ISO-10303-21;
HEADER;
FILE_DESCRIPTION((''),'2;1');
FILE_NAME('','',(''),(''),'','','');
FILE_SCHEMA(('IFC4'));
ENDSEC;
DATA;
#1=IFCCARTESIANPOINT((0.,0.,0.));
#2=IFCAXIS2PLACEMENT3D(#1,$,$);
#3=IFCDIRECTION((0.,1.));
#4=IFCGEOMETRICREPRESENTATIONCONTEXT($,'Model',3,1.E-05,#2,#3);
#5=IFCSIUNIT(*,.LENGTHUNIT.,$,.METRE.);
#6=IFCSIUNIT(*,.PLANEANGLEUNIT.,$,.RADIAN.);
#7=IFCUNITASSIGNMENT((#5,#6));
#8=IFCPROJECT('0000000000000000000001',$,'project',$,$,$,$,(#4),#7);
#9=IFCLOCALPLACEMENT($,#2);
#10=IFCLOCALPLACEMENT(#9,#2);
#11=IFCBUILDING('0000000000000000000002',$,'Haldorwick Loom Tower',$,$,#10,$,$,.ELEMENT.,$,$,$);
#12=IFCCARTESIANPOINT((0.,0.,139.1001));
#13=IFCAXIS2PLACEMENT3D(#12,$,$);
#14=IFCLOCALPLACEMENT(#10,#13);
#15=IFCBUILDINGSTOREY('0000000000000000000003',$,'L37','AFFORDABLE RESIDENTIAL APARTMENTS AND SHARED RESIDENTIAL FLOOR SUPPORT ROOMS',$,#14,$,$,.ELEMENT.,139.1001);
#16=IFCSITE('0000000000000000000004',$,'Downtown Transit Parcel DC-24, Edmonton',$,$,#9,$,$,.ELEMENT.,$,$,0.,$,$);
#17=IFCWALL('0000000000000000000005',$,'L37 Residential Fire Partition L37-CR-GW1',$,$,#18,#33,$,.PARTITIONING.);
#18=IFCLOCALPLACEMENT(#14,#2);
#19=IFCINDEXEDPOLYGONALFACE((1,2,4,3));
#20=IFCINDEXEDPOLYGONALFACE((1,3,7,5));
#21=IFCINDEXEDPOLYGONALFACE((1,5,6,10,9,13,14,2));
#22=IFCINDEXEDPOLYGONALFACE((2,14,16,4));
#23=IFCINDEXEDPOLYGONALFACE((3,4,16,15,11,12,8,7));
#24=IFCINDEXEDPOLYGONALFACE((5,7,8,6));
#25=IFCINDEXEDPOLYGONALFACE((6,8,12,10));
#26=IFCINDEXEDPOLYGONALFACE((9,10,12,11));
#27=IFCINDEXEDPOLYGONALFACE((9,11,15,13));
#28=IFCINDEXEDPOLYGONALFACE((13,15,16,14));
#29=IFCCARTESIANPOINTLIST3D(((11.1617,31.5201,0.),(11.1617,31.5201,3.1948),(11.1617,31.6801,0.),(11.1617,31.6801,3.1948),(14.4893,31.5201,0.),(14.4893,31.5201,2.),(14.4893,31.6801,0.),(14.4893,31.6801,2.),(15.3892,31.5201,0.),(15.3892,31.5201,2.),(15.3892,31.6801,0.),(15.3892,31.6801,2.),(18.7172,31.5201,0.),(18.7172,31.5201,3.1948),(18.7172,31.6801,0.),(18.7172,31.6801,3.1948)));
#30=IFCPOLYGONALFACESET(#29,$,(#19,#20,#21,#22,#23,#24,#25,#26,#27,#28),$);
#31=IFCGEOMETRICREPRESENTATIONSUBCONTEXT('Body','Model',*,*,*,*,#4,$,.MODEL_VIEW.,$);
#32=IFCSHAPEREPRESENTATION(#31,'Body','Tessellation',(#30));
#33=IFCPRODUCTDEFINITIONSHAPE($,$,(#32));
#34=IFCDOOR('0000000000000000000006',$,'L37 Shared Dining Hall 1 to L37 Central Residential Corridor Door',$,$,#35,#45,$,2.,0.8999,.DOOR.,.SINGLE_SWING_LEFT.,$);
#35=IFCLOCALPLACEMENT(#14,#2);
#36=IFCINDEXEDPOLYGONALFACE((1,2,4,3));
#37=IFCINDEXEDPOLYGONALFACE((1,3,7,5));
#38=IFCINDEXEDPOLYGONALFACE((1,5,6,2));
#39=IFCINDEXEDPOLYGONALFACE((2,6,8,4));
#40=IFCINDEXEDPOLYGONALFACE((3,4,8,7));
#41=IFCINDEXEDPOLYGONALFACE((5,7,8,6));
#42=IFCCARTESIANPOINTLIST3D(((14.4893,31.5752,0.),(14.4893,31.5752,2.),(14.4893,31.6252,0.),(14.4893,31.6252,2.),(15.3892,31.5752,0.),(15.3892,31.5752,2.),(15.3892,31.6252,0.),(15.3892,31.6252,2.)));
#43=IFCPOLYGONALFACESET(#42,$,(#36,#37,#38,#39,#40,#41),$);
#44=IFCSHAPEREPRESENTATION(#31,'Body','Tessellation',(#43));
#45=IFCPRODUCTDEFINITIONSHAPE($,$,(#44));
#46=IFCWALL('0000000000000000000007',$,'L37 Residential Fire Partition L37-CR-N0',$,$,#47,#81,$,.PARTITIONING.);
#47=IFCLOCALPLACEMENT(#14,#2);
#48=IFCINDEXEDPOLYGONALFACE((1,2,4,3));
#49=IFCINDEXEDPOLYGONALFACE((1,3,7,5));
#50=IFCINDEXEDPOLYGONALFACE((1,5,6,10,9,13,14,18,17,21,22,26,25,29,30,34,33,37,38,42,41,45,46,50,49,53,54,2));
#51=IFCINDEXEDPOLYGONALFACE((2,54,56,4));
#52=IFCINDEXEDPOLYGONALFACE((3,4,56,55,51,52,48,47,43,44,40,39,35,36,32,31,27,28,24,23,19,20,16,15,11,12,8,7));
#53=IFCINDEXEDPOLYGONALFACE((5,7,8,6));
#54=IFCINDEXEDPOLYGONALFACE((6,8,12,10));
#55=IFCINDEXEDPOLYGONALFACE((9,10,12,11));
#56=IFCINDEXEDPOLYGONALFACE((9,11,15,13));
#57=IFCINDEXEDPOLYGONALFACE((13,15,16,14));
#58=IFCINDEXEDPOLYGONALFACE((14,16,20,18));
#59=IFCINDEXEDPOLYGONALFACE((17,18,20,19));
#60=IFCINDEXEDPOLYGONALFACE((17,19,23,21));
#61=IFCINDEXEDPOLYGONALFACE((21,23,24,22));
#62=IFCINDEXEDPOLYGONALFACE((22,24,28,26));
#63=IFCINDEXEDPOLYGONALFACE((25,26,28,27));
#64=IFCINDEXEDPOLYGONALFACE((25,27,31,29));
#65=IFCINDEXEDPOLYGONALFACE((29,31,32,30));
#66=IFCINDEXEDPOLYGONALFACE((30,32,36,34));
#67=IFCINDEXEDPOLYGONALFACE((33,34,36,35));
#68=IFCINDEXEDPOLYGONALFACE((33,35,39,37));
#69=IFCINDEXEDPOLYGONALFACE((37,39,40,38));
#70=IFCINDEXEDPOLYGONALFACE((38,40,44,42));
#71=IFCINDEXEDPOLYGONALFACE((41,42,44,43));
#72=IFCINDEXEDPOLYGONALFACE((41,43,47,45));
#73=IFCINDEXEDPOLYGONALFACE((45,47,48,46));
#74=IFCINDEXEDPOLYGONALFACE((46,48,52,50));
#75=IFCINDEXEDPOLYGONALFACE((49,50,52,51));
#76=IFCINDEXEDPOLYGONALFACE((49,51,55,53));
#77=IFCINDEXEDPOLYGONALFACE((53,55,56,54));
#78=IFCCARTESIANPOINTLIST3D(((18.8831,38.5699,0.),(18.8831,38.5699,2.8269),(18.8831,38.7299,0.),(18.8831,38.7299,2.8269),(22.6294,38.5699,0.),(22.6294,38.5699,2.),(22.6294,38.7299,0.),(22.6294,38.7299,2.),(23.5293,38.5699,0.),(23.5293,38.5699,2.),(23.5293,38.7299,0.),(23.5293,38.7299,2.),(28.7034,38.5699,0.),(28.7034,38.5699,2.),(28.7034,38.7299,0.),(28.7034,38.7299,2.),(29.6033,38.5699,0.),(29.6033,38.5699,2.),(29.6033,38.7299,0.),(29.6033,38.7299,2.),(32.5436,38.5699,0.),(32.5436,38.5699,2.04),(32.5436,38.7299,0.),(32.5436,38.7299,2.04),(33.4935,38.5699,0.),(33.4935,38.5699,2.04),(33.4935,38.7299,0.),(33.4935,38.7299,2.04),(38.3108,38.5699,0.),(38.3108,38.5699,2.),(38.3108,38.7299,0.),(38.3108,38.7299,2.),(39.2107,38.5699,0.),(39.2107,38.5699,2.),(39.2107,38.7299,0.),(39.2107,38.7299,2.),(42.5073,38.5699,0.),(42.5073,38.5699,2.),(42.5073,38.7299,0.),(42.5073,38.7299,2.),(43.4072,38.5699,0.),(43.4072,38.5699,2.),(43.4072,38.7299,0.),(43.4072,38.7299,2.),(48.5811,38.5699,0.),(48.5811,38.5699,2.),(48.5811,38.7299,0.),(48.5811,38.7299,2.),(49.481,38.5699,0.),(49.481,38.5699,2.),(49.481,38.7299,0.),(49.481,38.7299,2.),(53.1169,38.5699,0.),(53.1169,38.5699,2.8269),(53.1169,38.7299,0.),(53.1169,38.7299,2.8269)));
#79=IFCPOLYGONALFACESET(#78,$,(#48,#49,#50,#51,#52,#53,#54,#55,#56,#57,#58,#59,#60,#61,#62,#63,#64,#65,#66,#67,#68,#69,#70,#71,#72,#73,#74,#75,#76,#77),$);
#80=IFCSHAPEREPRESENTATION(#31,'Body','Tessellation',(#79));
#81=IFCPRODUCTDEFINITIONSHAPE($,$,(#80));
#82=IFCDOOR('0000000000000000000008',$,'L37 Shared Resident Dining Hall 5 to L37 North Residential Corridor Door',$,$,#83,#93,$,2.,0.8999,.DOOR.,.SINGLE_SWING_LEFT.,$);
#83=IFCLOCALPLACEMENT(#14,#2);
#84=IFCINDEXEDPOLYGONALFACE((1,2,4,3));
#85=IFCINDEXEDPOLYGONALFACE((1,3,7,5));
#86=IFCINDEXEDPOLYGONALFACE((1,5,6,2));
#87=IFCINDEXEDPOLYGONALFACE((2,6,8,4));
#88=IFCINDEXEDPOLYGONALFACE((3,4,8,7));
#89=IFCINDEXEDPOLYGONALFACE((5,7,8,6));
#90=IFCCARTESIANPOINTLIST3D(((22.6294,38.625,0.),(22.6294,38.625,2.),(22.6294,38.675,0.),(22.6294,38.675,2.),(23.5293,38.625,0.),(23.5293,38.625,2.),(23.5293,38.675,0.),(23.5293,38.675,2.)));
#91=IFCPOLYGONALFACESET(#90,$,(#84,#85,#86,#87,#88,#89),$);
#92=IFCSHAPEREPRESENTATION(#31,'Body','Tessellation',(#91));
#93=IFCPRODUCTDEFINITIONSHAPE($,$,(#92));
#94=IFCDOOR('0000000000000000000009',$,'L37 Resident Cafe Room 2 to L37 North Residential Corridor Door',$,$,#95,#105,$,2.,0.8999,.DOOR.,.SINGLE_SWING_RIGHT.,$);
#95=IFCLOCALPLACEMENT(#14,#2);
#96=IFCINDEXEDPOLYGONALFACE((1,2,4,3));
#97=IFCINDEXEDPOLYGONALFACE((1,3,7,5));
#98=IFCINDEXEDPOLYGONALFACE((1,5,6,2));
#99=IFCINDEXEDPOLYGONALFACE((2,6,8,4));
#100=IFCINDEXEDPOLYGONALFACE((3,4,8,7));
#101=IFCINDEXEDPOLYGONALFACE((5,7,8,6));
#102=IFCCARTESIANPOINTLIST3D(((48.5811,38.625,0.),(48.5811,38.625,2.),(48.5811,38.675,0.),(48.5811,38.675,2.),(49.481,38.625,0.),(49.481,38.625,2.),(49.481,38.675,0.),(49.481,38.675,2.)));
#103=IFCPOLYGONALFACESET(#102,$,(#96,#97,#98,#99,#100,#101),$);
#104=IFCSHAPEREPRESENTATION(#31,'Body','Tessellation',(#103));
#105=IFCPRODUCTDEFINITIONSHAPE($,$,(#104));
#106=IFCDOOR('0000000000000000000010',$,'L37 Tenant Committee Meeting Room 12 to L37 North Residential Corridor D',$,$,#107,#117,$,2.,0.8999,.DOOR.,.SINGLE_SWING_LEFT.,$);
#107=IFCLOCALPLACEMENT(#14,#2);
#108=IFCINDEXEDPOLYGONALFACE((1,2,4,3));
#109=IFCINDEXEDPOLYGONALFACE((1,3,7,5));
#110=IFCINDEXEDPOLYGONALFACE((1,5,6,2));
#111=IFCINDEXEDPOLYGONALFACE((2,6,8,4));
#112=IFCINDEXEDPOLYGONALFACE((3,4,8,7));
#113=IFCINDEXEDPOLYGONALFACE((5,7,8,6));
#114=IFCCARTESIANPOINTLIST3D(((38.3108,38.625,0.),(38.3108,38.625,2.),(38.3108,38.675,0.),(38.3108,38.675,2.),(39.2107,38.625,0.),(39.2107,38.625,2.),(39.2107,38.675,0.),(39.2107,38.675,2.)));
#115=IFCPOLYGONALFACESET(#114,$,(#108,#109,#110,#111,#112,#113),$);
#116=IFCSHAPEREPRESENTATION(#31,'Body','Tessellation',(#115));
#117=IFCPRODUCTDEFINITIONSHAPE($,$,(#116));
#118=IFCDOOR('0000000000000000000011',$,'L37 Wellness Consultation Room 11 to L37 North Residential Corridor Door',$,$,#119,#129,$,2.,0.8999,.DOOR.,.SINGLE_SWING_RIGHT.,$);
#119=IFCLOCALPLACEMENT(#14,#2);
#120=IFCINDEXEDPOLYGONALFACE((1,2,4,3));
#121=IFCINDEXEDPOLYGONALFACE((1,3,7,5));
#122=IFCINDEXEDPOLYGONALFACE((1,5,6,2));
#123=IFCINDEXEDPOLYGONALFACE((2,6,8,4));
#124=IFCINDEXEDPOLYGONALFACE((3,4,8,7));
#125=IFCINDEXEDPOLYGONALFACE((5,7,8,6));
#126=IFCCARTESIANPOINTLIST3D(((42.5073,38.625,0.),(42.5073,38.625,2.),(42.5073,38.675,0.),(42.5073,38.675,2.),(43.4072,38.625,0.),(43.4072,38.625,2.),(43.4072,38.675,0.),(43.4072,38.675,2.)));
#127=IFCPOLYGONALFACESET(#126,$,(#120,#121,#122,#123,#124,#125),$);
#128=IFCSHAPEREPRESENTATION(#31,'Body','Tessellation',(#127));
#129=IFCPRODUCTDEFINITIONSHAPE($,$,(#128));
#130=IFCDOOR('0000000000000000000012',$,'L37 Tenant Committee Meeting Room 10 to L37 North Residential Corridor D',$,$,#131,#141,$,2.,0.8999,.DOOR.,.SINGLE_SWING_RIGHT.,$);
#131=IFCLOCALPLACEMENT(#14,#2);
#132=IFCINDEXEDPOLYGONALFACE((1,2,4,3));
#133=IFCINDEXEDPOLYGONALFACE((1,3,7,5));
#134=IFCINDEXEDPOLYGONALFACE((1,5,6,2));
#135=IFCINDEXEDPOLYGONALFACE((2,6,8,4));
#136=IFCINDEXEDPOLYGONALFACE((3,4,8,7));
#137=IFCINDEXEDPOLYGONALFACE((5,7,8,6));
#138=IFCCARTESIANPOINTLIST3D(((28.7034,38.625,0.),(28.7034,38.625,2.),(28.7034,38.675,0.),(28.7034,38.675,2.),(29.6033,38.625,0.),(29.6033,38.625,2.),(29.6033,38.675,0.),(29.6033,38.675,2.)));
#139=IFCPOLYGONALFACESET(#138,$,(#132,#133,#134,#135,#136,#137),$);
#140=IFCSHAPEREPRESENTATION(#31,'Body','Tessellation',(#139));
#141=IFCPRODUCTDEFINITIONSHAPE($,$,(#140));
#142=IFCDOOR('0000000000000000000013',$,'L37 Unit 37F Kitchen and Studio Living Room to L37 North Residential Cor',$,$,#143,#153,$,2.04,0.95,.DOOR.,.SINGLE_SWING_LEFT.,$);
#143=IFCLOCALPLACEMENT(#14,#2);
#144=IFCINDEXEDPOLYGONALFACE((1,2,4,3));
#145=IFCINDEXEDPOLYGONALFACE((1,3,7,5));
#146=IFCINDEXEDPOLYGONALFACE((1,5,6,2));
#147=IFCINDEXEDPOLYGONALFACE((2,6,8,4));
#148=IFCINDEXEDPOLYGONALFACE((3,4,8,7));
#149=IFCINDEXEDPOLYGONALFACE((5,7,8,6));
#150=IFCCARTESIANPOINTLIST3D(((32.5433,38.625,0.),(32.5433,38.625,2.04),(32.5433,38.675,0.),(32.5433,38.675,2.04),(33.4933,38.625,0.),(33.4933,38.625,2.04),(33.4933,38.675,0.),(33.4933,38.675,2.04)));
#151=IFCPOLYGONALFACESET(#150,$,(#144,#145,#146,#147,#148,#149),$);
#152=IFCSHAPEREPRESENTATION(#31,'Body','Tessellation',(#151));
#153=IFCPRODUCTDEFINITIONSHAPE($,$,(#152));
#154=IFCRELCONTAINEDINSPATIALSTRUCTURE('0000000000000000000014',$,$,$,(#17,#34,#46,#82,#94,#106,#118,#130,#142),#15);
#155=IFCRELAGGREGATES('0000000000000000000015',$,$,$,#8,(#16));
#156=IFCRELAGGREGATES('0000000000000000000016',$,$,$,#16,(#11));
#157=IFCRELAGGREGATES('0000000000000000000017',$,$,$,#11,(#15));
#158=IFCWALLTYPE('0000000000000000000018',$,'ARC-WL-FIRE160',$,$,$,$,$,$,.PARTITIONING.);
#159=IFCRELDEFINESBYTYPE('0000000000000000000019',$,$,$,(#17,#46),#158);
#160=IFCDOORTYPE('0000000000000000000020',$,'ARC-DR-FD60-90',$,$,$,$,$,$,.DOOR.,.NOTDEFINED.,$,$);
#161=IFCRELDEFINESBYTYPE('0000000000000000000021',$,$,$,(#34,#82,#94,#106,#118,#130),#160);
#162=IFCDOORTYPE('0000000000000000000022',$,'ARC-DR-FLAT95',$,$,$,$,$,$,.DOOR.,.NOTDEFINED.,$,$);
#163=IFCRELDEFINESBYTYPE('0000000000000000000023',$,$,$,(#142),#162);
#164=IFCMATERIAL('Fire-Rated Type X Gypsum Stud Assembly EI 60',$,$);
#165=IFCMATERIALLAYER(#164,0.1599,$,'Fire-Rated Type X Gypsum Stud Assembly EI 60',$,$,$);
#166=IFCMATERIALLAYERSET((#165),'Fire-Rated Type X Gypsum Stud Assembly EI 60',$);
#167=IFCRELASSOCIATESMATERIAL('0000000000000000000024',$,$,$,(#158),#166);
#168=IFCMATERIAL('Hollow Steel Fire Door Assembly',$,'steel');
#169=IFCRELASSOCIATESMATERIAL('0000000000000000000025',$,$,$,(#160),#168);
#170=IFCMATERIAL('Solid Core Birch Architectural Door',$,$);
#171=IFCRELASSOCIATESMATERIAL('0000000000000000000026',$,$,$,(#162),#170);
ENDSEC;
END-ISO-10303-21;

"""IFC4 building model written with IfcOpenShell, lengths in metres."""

from ifc_helpers import new_model, si_unit, direction, frame, frame_2d, origin, place, context, subcontext, project, spatial, rectangle, extrude, material, layer, layer_set, type_object, element, fill, save


model = new_model("IFC4")

# Units and contexts
model_context = context("Model", 3, precision=1e-05, world=origin(), true_north=direction((0.0, 1.0)))
body_context = subcontext(model_context, "Body", "Model", "MODEL_VIEW")
ifc_project = project(units=[si_unit("LENGTHUNIT", "METRE"), si_unit("PLANEANGLEUNIT", "RADIAN")], contexts=[model_context])

# Site, building, storey
site_placement = place(None, origin())
site = spatial("IfcSite", under=ifc_project, at=site_placement, Name="Downtown Transit Parcel DC-24, Edmonton", CompositionType="ELEMENT", RefElevation=0.0)
building_placement = place(site_placement, origin())
building = spatial("IfcBuilding", under=site, at=building_placement, Name="Haldorwick Loom Tower", CompositionType="ELEMENT")
storey_placement = place(building_placement, frame((0.0, 0.0, 139.1001)))
storey = spatial("IfcBuildingStorey", under=building, at=storey_placement, Name="L37", Description="AFFORDABLE RESIDENTIAL APARTMENTS AND SHARED RESIDENTIAL FLOOR SUPPORT ROOMS", CompositionType="ELEMENT", Elevation=139.1001)

# Wall, opening, door
ifc_material_1 = material(Name="Fire-Rated Type X Gypsum Stud Assembly EI 60")
ifc_layer_1 = layer(ifc_material_1, 0.1599, Name="Fire-Rated Type X Gypsum Stud Assembly EI 60")
ifc_layer_set_1 = layer_set([ifc_layer_1], Name="Fire-Rated Type X Gypsum Stud Assembly EI 60")
wall_type_1 = type_object("IfcWallType", Name="ARC-WL-FIRE160", PredefinedType="PARTITIONING", material=ifc_layer_set_1)
ifc_material_2 = material(Name="Hollow Steel Fire Door Assembly", Category="steel")
door_type_1 = type_object("IfcDoorType", Name="ARC-DR-FD60-90", OperationType="NOTDEFINED", PredefinedType="DOOR", material=ifc_material_2)
wall_1_placement = place(storey_placement, frame((11.1616, 31.6001, 0.0), z_axis=(0.0, 0.0, 1.0), x_axis=(1.0, 0.0, 0.0)))
wall_1 = element("IfcWall", 1, at=wall_1_placement, inside=storey, type_object=wall_type_1, Name="L37 Residential Fire Partition L37-CR-GW1", PredefinedType="PARTITIONING", context=body_context, shape_type="SweptSolid", body=[
    extrude(rectangle(XDim=7.5554, YDim=0.1599, at=frame_2d((3.7778, 0.0))), origin(), (0.0, 0.0, 1.0), 3.1948),
])
opening_1_placement = place(wall_1_placement, frame((3.3276, 0.0, 0.0)))
opening_1 = element("IfcOpeningElement", 2, at=opening_1_placement, cuts=wall_1, PredefinedType="OPENING", context=body_context, shape_type="SweptSolid", body=[
    extrude(rectangle(XDim=0.8999, YDim=2.0, at=frame_2d((0.45, 1.0))), frame((0.0, 0.0898, 0.0), z_axis=(0.0, -1.0, 0.0), x_axis=(1.0, 0.0, 0.0)), (0.0, 0.0, 1.0), 0.1799),
])
door_1_placement = place(opening_1_placement, frame((0.8999, 0.0, 0.0), z_axis=(0.0, 0.0, 1.0), x_axis=(-1.0, 0.0, 0.0)))
door_1 = element("IfcDoor", 3, at=door_1_placement, inside=storey, type_object=door_type_1, Name="L37 Shared Dining Hall 1 to L37 Central Residential Corridor Door", OperationType="SINGLE_SWING_LEFT", OverallHeight=2.0, OverallWidth=0.8999, PredefinedType="DOOR", context=body_context, shape_type="SweptSolid", body=[
    extrude(rectangle(XDim=0.8999, YDim=2.0, at=frame_2d((0.45, 1.0))), frame((0.0, 0.0249, 0.0), z_axis=(0.0, -1.0, 0.0), x_axis=(1.0, 0.0, 0.0)), (0.0, 0.0, 1.0), 0.05),
])
fill(opening_1, door_1)

# Wall, openings, doors
wall_2_placement = place(storey_placement, frame((18.8831, 38.6499, 0.0), z_axis=(0.0, 0.0, 1.0), x_axis=(1.0, 0.0, 0.0)))
wall_2 = element("IfcWall", 4, at=wall_2_placement, inside=storey, type_object=wall_type_1, Name="L37 Residential Fire Partition L37-CR-N0", PredefinedType="PARTITIONING", context=body_context, shape_type="SweptSolid", body=[
    extrude(rectangle(XDim=34.2339, YDim=0.1599, at=frame_2d((17.1169, 0.0))), origin(), (0.0, 0.0, 1.0), 2.8269),
])
opening_2_placement = place(wall_2_placement, frame((3.7463, 0.0, 0.0)))
opening_2 = element("IfcOpeningElement", 5, at=opening_2_placement, cuts=wall_2, PredefinedType="OPENING", context=body_context, shape_type="SweptSolid", body=[
    extrude(rectangle(XDim=0.8999, YDim=2.0, at=frame_2d((0.45, 1.0))), frame((0.0, 0.0898, 0.0), z_axis=(0.0, -1.0, 0.0), x_axis=(1.0, 0.0, 0.0)), (0.0, 0.0, 1.0), 0.1799),
])
opening_3_placement = place(wall_2_placement, frame((29.698, 0.0, 0.0)))
opening_3 = element("IfcOpeningElement", 6, at=opening_3_placement, cuts=wall_2, PredefinedType="OPENING", context=body_context, shape_type="SweptSolid", body=[
    extrude(rectangle(XDim=0.8999, YDim=2.0, at=frame_2d((0.45, 1.0))), frame((0.0, 0.0898, 0.0), z_axis=(0.0, -1.0, 0.0), x_axis=(1.0, 0.0, 0.0)), (0.0, 0.0, 1.0), 0.1799),
])
opening_4_placement = place(wall_2_placement, frame((19.4277, 0.0, 0.0)))
opening_4 = element("IfcOpeningElement", 7, at=opening_4_placement, cuts=wall_2, PredefinedType="OPENING", context=body_context, shape_type="SweptSolid", body=[
    extrude(rectangle(XDim=0.8999, YDim=2.0, at=frame_2d((0.45, 1.0))), frame((0.0, 0.0898, 0.0), z_axis=(0.0, -1.0, 0.0), x_axis=(1.0, 0.0, 0.0)), (0.0, 0.0, 1.0), 0.1799),
])
opening_5_placement = place(wall_2_placement, frame((13.6604, 0.0, 0.0)))
opening_5 = element("IfcOpeningElement", 8, at=opening_5_placement, cuts=wall_2, PredefinedType="OPENING", context=body_context, shape_type="SweptSolid", body=[
    extrude(rectangle(XDim=0.95, YDim=2.04, at=frame_2d((0.4751, 1.02))), frame((0.0, 0.0898, 0.0), z_axis=(0.0, -1.0, 0.0), x_axis=(1.0, 0.0, 0.0)), (0.0, 0.0, 1.0), 0.1799),
])
opening_6_placement = place(wall_2_placement, frame((23.6243, 0.0, 0.0)))
opening_6 = element("IfcOpeningElement", 9, at=opening_6_placement, cuts=wall_2, PredefinedType="OPENING", context=body_context, shape_type="SweptSolid", body=[
    extrude(rectangle(XDim=0.8999, YDim=2.0, at=frame_2d((0.45, 1.0))), frame((0.0, 0.0898, 0.0), z_axis=(0.0, -1.0, 0.0), x_axis=(1.0, 0.0, 0.0)), (0.0, 0.0, 1.0), 0.1799),
])
opening_7_placement = place(wall_2_placement, frame((9.8203, 0.0, 0.0)))
opening_7 = element("IfcOpeningElement", 10, at=opening_7_placement, cuts=wall_2, PredefinedType="OPENING", context=body_context, shape_type="SweptSolid", body=[
    extrude(rectangle(XDim=0.8999, YDim=2.0, at=frame_2d((0.45, 1.0))), frame((0.0, 0.0898, 0.0), z_axis=(0.0, -1.0, 0.0), x_axis=(1.0, 0.0, 0.0)), (0.0, 0.0, 1.0), 0.1799),
])
door_2_placement = place(opening_2_placement, frame((0.8999, 0.0, 0.0), z_axis=(0.0, 0.0, 1.0), x_axis=(-1.0, 0.0, 0.0)))
door_2 = element("IfcDoor", 11, at=door_2_placement, inside=storey, type_object=door_type_1, Name="L37 Shared Resident Dining Hall 5 to L37 North Residential Corridor Door", OperationType="SINGLE_SWING_LEFT", OverallHeight=2.0, OverallWidth=0.8999, PredefinedType="DOOR", context=body_context, shape_type="SweptSolid", body=[
    extrude(rectangle(XDim=0.8999, YDim=2.0, at=frame_2d((0.45, 1.0))), frame((0.0, 0.0249, 0.0), z_axis=(0.0, -1.0, 0.0), x_axis=(1.0, 0.0, 0.0)), (0.0, 0.0, 1.0), 0.05),
])
fill(opening_2, door_2)
door_3_placement = place(opening_3_placement, frame((0.8999, 0.0, 0.0), z_axis=(0.0, 0.0, 1.0), x_axis=(-1.0, 0.0, 0.0)))
door_3 = element("IfcDoor", 12, at=door_3_placement, inside=storey, type_object=door_type_1, Name="L37 Resident Cafe Room 2 to L37 North Residential Corridor Door", OperationType="SINGLE_SWING_RIGHT", OverallHeight=2.0, OverallWidth=0.8999, PredefinedType="DOOR", context=body_context, shape_type="SweptSolid", body=[
    extrude(rectangle(XDim=0.8999, YDim=2.0, at=frame_2d((0.45, 1.0))), frame((0.0, 0.0249, 0.0), z_axis=(0.0, -1.0, 0.0), x_axis=(1.0, 0.0, 0.0)), (0.0, 0.0, 1.0), 0.05),
])
fill(opening_3, door_3)
door_4_placement = place(opening_4_placement, frame((0.8999, 0.0, 0.0), z_axis=(0.0, 0.0, 1.0), x_axis=(-1.0, 0.0, 0.0)))
door_4 = element("IfcDoor", 13, at=door_4_placement, inside=storey, type_object=door_type_1, Name="L37 Tenant Committee Meeting Room 12 to L37 North Residential Corridor D", OperationType="SINGLE_SWING_LEFT", OverallHeight=2.0, OverallWidth=0.8999, PredefinedType="DOOR", context=body_context, shape_type="SweptSolid", body=[
    extrude(rectangle(XDim=0.8999, YDim=2.0, at=frame_2d((0.45, 1.0))), frame((0.0, 0.0249, 0.0), z_axis=(0.0, -1.0, 0.0), x_axis=(1.0, 0.0, 0.0)), (0.0, 0.0, 1.0), 0.05),
])
fill(opening_4, door_4)
door_5_placement = place(opening_6_placement, frame((0.8999, 0.0, 0.0), z_axis=(0.0, 0.0, 1.0), x_axis=(-1.0, 0.0, 0.0)))
door_5 = element("IfcDoor", 14, at=door_5_placement, inside=storey, type_object=door_type_1, Name="L37 Wellness Consultation Room 11 to L37 North Residential Corridor Door", OperationType="SINGLE_SWING_RIGHT", OverallHeight=2.0, OverallWidth=0.8999, PredefinedType="DOOR", context=body_context, shape_type="SweptSolid", body=[
    extrude(rectangle(XDim=0.8999, YDim=2.0, at=frame_2d((0.45, 1.0))), frame((0.0, 0.0249, 0.0), z_axis=(0.0, -1.0, 0.0), x_axis=(1.0, 0.0, 0.0)), (0.0, 0.0, 1.0), 0.05),
])
fill(opening_6, door_5)
door_6_placement = place(opening_7_placement, frame((0.8999, 0.0, 0.0), z_axis=(0.0, 0.0, 1.0), x_axis=(-1.0, 0.0, 0.0)))
door_6 = element("IfcDoor", 15, at=door_6_placement, inside=storey, type_object=door_type_1, Name="L37 Tenant Committee Meeting Room 10 to L37 North Residential Corridor D", OperationType="SINGLE_SWING_RIGHT", OverallHeight=2.0, OverallWidth=0.8999, PredefinedType="DOOR", context=body_context, shape_type="SweptSolid", body=[
    extrude(rectangle(XDim=0.8999, YDim=2.0, at=frame_2d((0.45, 1.0))), frame((0.0, 0.0249, 0.0), z_axis=(0.0, -1.0, 0.0), x_axis=(1.0, 0.0, 0.0)), (0.0, 0.0, 1.0), 0.05),
])
fill(opening_7, door_6)
ifc_material_3 = material(Name="Solid Core Birch Architectural Door")
door_type_2 = type_object("IfcDoorType", Name="ARC-DR-FLAT95", OperationType="NOTDEFINED", PredefinedType="DOOR", material=ifc_material_3)
door_7_placement = place(opening_5_placement, frame((0.95, 0.0, 0.0), z_axis=(0.0, 0.0, 1.0), x_axis=(-1.0, 0.0, 0.0)))
door_7 = element("IfcDoor", 16, at=door_7_placement, inside=storey, type_object=door_type_2, Name="L37 Unit 37F Kitchen and Studio Living Room to L37 North Residential Cor", OperationType="SINGLE_SWING_LEFT", OverallHeight=2.04, OverallWidth=0.95, PredefinedType="DOOR", context=body_context, shape_type="SweptSolid", body=[
    extrude(rectangle(XDim=0.95, YDim=2.04, at=frame_2d((0.4751, 1.02))), frame((0.0, 0.0249, 0.0), z_axis=(0.0, -1.0, 0.0), x_axis=(1.0, 0.0, 0.0)), (0.0, 0.0, 1.0), 0.05),
])
fill(opening_5, door_7)

save(model, "model.ifc")
